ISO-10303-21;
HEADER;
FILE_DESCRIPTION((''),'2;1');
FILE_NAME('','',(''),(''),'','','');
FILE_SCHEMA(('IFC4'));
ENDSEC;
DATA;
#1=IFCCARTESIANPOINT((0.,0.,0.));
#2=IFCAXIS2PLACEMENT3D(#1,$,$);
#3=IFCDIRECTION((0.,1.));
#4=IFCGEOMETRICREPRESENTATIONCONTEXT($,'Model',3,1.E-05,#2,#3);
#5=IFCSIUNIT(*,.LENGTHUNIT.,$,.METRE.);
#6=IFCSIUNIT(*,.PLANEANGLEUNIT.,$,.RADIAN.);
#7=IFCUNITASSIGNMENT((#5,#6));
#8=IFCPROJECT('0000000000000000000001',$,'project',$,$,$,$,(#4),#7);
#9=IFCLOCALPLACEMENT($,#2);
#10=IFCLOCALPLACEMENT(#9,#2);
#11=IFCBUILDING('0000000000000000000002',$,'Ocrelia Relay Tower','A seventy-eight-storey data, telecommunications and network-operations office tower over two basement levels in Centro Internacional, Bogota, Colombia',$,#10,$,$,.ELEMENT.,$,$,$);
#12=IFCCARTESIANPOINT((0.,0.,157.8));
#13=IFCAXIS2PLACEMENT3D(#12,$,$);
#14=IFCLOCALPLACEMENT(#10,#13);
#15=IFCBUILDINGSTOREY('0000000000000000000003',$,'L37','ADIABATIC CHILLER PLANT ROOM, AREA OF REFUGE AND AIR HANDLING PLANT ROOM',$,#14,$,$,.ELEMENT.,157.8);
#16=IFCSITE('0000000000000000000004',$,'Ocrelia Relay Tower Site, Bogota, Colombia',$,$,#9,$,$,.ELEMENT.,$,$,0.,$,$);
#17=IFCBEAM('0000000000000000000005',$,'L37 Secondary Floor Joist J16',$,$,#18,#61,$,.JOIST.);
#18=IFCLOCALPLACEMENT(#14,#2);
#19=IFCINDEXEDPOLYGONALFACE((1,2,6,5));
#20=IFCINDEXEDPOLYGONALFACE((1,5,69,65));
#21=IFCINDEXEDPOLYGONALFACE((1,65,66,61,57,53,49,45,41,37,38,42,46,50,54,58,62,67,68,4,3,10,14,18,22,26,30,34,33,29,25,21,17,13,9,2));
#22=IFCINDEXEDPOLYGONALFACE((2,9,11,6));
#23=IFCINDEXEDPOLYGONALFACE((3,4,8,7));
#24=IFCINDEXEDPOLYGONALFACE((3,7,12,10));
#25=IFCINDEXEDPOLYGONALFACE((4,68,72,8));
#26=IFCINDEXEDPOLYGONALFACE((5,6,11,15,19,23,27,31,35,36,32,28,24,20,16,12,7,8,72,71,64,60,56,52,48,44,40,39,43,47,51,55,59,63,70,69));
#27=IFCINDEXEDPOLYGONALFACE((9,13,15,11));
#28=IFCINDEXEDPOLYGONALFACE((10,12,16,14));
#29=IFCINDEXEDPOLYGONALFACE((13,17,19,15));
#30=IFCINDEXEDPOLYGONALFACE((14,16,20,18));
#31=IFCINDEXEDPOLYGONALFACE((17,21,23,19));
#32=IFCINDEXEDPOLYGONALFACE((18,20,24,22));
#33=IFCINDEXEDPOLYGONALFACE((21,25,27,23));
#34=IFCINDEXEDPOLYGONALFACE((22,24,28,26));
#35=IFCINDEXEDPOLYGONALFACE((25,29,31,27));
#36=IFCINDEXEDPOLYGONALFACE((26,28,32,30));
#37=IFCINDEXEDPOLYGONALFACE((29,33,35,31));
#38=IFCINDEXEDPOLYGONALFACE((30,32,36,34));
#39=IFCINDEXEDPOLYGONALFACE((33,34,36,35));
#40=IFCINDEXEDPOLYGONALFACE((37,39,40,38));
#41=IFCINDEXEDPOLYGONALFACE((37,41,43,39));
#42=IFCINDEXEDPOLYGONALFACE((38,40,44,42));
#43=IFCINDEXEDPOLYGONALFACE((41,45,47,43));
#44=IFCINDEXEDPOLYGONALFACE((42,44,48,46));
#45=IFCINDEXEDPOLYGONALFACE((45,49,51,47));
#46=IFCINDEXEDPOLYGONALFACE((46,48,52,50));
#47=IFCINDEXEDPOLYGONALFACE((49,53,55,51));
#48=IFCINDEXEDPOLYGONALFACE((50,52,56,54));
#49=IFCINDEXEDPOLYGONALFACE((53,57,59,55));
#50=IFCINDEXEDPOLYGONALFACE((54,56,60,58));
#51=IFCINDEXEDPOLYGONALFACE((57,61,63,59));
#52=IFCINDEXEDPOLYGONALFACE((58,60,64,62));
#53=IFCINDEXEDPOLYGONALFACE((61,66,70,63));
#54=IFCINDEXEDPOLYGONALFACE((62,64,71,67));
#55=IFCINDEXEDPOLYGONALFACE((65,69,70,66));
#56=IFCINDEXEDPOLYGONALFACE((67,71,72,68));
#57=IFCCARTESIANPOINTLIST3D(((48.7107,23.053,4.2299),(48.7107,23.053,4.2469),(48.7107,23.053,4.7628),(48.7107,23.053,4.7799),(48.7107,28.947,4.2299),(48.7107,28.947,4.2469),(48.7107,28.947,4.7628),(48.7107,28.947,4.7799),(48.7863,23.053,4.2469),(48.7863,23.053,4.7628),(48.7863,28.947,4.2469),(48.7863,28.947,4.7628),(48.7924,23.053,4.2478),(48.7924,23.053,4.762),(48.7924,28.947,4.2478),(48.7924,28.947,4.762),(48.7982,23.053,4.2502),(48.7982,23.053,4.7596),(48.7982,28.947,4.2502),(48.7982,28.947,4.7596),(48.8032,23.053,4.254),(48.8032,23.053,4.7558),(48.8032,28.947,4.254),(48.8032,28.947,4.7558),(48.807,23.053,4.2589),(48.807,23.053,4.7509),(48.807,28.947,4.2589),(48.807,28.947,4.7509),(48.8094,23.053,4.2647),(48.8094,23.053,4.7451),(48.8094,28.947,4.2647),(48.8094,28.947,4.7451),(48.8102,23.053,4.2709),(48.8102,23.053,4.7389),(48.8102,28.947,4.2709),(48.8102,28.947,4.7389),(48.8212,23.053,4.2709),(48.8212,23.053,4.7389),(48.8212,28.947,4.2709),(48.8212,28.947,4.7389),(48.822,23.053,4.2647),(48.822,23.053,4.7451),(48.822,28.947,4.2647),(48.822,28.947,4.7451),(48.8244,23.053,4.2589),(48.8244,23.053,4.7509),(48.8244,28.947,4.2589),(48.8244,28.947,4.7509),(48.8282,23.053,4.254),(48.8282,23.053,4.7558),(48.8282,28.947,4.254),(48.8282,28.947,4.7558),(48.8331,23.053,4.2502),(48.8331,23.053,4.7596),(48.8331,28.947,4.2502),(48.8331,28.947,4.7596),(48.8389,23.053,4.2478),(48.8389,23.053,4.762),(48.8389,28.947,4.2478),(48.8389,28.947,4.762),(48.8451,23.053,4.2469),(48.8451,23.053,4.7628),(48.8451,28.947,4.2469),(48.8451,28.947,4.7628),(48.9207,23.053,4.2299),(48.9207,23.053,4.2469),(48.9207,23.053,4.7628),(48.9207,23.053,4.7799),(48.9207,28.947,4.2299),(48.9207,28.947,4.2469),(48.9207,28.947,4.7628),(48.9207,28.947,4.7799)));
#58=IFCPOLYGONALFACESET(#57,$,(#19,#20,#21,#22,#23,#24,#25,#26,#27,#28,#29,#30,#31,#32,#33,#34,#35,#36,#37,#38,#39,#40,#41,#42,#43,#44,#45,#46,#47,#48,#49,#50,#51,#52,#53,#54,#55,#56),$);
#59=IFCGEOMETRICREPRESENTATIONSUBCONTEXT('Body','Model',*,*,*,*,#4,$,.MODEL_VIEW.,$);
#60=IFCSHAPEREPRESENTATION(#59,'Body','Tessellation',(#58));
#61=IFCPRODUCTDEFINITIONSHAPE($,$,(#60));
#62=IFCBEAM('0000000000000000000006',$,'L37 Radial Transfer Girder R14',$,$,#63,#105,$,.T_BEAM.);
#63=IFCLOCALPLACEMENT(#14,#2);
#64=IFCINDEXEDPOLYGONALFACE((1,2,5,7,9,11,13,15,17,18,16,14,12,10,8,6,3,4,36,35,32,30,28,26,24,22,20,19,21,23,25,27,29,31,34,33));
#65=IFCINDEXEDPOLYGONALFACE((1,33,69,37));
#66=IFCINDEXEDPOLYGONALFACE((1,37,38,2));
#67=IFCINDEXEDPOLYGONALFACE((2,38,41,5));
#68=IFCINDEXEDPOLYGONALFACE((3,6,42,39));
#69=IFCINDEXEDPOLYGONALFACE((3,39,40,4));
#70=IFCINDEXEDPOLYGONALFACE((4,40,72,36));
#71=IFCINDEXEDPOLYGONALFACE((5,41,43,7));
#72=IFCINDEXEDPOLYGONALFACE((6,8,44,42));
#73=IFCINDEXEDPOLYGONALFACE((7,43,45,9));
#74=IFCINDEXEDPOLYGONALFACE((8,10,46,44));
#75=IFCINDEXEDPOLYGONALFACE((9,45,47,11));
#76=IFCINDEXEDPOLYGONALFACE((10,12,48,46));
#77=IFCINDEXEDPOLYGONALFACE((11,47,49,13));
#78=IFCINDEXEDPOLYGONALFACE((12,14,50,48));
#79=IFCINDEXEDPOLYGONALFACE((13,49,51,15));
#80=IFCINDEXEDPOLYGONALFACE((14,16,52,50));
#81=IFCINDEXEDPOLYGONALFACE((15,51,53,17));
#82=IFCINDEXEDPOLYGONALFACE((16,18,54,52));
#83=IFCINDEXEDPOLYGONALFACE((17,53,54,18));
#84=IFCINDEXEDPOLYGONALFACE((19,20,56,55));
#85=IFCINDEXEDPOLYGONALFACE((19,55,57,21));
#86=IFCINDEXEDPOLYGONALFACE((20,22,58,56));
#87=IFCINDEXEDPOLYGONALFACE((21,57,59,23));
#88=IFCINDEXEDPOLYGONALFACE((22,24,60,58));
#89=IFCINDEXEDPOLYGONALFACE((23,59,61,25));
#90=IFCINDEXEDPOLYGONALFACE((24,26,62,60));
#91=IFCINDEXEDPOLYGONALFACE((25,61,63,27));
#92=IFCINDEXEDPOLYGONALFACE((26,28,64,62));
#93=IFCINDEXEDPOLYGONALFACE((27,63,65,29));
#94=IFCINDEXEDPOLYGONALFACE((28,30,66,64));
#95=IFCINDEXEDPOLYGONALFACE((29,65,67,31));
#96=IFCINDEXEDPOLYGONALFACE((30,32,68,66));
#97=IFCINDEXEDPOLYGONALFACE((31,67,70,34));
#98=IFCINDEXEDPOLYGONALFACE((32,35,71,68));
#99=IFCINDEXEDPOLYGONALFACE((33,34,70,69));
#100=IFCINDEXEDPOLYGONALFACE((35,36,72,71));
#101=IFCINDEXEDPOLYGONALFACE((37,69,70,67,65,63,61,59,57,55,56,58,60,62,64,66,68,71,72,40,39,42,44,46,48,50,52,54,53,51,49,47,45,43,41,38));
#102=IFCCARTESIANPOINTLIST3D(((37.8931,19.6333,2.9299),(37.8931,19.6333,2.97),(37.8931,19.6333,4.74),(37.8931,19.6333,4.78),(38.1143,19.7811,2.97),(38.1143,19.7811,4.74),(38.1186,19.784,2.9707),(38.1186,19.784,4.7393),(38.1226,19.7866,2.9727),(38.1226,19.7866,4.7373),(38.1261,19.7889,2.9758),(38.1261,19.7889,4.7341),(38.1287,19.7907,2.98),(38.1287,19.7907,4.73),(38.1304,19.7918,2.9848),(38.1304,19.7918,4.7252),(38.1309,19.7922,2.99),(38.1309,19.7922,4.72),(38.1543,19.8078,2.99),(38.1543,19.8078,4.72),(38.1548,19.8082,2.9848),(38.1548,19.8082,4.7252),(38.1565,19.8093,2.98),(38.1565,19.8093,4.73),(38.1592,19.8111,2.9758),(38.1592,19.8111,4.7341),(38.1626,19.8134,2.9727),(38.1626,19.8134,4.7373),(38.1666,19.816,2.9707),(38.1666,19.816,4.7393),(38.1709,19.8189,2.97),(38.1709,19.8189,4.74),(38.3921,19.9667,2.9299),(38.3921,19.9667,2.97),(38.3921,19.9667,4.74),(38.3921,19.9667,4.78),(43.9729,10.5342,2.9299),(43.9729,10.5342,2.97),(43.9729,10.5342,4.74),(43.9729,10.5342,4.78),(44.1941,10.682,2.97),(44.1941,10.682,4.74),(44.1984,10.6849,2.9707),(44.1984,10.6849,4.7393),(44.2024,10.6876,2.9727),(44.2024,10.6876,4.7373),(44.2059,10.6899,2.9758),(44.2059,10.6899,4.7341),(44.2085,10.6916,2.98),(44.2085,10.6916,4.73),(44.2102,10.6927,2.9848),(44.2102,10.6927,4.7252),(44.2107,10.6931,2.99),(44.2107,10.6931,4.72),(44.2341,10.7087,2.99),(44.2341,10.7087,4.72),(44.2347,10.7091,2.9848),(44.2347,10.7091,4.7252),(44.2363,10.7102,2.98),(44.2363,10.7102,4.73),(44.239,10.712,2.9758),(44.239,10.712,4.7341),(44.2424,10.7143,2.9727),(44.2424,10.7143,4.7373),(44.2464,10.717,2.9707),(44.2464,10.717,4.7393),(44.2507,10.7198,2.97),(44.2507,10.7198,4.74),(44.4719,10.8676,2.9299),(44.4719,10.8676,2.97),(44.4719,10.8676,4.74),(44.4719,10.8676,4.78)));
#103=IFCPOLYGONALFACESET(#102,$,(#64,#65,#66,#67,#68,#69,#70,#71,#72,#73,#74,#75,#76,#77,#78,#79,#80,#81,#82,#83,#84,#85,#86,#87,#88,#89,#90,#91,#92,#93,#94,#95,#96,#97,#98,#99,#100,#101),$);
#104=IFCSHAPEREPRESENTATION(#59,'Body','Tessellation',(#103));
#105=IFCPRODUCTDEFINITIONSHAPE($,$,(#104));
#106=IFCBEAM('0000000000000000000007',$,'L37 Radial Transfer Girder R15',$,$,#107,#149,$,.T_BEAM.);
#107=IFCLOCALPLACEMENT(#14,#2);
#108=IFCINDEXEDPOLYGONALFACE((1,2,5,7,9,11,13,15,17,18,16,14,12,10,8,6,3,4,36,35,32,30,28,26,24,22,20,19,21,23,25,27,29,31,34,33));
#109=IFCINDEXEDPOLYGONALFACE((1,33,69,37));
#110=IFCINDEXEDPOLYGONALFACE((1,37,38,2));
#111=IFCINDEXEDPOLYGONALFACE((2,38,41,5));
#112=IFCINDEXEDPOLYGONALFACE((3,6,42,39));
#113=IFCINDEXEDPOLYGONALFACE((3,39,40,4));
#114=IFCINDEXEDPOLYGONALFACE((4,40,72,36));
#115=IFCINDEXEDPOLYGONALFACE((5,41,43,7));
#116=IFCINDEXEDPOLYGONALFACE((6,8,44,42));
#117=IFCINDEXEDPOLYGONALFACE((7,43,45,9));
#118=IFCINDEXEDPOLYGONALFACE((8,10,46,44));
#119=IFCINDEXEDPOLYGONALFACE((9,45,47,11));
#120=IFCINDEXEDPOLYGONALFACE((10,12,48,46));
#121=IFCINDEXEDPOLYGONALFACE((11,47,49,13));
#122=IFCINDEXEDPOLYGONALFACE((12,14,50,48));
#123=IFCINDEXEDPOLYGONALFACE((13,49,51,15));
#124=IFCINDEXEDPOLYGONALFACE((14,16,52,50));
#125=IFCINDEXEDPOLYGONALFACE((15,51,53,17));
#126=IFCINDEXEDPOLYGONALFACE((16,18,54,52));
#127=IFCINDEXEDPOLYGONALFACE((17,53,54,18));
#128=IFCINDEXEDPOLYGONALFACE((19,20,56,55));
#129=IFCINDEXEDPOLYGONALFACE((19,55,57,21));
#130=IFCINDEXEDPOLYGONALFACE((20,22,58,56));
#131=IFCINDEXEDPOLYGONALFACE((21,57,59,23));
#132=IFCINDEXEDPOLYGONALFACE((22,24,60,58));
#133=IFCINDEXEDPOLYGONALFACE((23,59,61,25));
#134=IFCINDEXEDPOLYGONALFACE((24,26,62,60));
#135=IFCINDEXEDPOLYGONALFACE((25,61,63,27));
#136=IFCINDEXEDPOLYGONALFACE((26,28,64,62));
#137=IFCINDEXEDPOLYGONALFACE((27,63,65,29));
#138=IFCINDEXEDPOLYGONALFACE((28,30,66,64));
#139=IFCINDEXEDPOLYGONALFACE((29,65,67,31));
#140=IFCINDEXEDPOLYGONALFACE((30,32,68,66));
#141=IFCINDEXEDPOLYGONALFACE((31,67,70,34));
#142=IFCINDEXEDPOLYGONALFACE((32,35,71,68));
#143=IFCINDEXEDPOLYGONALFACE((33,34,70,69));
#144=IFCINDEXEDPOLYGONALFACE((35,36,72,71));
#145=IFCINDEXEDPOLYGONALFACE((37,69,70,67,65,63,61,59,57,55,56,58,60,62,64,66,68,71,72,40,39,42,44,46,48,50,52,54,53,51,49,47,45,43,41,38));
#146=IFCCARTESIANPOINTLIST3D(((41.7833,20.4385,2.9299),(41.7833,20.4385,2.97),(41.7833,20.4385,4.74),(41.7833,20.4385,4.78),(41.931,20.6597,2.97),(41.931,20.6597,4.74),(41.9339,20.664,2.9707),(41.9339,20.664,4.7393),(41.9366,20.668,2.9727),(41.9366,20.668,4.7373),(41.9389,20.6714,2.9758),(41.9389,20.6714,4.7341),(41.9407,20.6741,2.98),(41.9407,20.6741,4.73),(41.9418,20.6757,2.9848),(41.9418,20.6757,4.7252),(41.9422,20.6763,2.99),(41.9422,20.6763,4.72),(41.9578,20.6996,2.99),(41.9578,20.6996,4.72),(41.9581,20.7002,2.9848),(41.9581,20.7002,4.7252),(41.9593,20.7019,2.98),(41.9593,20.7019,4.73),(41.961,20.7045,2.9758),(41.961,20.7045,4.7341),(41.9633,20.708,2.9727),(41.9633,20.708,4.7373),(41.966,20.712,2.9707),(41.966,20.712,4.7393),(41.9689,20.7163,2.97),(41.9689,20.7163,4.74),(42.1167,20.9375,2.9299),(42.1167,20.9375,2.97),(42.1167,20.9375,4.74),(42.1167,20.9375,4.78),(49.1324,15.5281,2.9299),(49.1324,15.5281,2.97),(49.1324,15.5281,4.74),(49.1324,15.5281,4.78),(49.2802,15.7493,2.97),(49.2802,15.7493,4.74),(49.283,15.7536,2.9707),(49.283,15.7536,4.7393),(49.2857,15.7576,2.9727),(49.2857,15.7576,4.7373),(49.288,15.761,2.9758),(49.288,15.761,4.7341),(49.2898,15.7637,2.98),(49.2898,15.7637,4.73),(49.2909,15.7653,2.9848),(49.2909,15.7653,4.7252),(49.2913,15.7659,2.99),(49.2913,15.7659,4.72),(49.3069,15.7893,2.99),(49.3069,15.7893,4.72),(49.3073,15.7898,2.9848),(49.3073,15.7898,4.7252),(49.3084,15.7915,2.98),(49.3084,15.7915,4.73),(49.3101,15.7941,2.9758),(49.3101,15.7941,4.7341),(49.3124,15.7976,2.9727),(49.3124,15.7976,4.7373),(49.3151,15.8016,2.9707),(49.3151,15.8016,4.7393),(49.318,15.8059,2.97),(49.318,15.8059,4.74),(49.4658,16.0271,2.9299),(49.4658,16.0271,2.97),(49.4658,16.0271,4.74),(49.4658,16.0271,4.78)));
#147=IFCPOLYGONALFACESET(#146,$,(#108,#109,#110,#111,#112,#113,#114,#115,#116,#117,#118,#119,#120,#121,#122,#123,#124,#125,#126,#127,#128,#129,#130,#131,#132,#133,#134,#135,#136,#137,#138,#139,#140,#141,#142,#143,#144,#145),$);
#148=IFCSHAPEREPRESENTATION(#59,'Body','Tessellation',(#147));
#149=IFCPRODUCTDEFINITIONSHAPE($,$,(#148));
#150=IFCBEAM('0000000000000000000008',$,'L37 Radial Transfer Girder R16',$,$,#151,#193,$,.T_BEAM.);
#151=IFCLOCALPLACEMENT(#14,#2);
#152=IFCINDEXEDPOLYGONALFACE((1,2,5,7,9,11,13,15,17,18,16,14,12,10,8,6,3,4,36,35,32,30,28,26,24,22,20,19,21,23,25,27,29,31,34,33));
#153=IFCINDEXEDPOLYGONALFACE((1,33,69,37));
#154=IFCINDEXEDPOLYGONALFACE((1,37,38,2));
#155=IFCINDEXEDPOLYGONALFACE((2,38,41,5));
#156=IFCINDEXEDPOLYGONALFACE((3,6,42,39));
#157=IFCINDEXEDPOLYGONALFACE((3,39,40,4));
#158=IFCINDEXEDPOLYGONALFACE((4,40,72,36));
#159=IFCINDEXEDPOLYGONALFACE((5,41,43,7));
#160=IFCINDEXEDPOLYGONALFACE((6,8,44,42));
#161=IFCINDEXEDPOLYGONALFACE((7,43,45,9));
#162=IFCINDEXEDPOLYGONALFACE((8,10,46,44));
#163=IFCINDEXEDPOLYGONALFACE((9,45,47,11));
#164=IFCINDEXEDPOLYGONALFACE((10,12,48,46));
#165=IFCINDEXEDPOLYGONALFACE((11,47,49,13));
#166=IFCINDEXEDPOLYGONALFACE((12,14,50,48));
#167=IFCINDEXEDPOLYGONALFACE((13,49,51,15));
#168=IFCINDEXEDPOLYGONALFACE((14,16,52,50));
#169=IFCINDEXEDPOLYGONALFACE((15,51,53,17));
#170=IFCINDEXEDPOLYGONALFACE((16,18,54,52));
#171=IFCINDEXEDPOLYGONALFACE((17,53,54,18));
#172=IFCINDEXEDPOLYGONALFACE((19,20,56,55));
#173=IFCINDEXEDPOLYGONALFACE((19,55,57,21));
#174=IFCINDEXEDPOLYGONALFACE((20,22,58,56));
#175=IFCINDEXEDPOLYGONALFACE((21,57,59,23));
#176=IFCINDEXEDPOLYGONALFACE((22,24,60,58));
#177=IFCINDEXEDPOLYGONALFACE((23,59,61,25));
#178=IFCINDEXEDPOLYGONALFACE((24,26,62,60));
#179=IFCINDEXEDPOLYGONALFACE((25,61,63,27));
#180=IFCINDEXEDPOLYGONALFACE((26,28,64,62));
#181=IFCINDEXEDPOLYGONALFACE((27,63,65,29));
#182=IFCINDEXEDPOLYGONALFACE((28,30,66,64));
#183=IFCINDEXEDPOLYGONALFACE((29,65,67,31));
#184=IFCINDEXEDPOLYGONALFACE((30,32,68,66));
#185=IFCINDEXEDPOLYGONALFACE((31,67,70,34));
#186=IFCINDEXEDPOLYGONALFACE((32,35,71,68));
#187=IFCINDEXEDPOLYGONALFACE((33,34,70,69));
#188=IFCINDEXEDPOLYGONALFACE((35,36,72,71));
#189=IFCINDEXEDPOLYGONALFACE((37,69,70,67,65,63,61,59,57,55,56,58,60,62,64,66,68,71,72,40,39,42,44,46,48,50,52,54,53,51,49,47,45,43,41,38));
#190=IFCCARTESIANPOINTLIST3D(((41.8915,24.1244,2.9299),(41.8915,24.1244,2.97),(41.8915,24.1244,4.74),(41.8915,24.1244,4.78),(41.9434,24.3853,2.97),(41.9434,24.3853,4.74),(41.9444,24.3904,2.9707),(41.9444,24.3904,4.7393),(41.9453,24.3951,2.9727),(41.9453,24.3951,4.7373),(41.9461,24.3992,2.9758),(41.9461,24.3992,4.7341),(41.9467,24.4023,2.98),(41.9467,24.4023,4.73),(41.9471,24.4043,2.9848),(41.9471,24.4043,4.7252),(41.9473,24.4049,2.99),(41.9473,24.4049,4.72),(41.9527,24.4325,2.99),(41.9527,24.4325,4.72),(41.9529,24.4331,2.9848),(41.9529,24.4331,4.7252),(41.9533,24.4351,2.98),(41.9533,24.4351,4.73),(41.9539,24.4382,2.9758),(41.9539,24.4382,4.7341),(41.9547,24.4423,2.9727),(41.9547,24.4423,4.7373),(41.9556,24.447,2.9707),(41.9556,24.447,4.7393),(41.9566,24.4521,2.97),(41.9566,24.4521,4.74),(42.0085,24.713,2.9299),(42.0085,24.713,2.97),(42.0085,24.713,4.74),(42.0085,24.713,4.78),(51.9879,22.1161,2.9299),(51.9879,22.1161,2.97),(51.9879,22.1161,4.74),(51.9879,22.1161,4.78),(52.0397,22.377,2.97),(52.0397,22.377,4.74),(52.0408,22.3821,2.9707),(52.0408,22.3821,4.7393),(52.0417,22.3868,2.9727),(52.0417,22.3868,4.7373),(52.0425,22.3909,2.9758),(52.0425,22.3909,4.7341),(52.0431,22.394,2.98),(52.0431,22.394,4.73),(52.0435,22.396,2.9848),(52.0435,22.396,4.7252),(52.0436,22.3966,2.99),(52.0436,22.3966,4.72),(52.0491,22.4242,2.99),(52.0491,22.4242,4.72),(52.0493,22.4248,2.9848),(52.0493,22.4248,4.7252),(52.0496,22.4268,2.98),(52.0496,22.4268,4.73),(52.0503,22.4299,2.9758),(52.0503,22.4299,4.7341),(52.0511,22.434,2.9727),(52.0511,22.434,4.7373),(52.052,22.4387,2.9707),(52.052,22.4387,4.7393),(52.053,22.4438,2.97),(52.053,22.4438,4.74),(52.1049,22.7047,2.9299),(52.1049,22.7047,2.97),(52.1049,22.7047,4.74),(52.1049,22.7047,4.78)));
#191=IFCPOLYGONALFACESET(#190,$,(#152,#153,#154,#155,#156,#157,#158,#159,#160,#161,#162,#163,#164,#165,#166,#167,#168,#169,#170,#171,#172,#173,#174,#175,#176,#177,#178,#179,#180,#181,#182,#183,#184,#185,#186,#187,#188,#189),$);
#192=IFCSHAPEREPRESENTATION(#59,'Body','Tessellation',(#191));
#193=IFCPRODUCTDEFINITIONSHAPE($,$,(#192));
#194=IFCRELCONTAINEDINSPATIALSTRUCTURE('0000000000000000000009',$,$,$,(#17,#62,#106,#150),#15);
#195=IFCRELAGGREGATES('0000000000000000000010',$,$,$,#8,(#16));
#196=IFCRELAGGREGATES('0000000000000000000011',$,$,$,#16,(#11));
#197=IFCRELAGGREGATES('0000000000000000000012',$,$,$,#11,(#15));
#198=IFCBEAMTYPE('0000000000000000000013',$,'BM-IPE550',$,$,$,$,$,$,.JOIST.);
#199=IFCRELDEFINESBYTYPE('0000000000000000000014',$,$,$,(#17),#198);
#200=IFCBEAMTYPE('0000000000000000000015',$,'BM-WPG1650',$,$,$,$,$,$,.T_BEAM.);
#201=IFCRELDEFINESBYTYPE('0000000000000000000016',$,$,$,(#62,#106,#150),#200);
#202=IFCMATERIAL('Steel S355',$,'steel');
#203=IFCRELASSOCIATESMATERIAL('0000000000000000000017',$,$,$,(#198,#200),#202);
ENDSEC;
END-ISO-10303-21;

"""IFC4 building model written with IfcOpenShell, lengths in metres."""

from ifc_helpers import new_model, si_unit, direction, frame, origin, origin_2d, place, context, subcontext, project, spatial, i_section, extrude, material, material_profile, profile_set, type_object, element, save


model = new_model("IFC4")

# Units and contexts
model_context = context("Model", 3, precision=1e-05, world=origin(), true_north=direction((0.0, 1.0)))
body_context = subcontext(model_context, "Body", "Model", "MODEL_VIEW")
ifc_project = project(units=[si_unit("LENGTHUNIT", "METRE"), si_unit("PLANEANGLEUNIT", "RADIAN")], contexts=[model_context])

# Site, building, storey
site_placement = place(None, origin())
site = spatial("IfcSite", under=ifc_project, at=site_placement, Name="Ocrelia Relay Tower Site, Bogota, Colombia", CompositionType="ELEMENT", RefElevation=0.0)
building_placement = place(site_placement, origin())
building = spatial("IfcBuilding", under=site, at=building_placement, Name="Ocrelia Relay Tower", Description="A seventy-eight-storey data, telecommunications and network-operations office tower over two basement levels in Centro Internacional, Bogota, Colombia", CompositionType="ELEMENT")
storey_placement = place(building_placement, frame((0.0, 0.0, 157.8)))
storey = spatial("IfcBuildingStorey", under=building, at=storey_placement, Name="L37", Description="ADIABATIC CHILLER PLANT ROOM, AREA OF REFUGE AND AIR HANDLING PLANT ROOM", CompositionType="ELEMENT", Elevation=157.8)

# Beams
ifc_material_1 = material(Name="Steel S355", Category="steel")
ifc_material_profile_1 = material_profile(ifc_material_1, i_section(OverallWidth=0.21, OverallDepth=0.55, WebThickness=0.011, FlangeThickness=0.0171, FilletRadius=0.0239, at=origin_2d()), Name="IPE 550")
ifc_profile_set_1 = profile_set([ifc_material_profile_1], Name="Steel S355")
beam_type_1 = type_object("IfcBeamType", Name="BM-IPE550", PredefinedType="JOIST", material=ifc_profile_set_1)
beam_1_placement = place(storey_placement, frame((48.8157, 23.053, 4.5049), z_axis=(0.0, 1.0, 0.0), x_axis=(-1.0, 0.0, 0.0)))
element("IfcBeam", 1, at=beam_1_placement, inside=storey, type_object=beam_type_1, Name="L37 Secondary Floor Joist J16", PredefinedType="JOIST", context=body_context, shape_type="SweptSolid", body=[
    extrude(i_section(OverallWidth=0.21, OverallDepth=0.55, WebThickness=0.011, FlangeThickness=0.0171, FilletRadius=0.0239, at=origin_2d()), origin(), (0.0, 0.0, 1.0), 5.894),
])
ifc_material_profile_2 = material_profile(ifc_material_1, i_section(OverallWidth=0.6001, OverallDepth=1.8501, WebThickness=0.0281, FlangeThickness=0.04, FilletRadius=0.02, at=origin_2d()), Name="WPG 1850x600")
ifc_profile_set_2 = profile_set([ifc_material_profile_2], Name="Steel S355")
beam_type_2 = type_object("IfcBeamType", Name="BM-WPG1650", PredefinedType="T_BEAM", material=ifc_profile_set_2)
beam_2_placement = place(storey_placement, frame((44.2224, 10.7009, 3.855), z_axis=(-0.55557, 0.83147, 0.0), x_axis=(-0.83147, -0.55557, 0.0)))
element("IfcBeam", 2, at=beam_2_placement, inside=storey, type_object=beam_type_2, Name="L37 Radial Transfer Girder R14", PredefinedType="T_BEAM", context=body_context, shape_type="SweptSolid", body=[
    extrude(i_section(OverallWidth=0.6001, OverallDepth=1.8501, WebThickness=0.0281, FlangeThickness=0.04, FilletRadius=0.02, at=origin_2d()), origin(), (0.0, 0.0, 1.0), 10.9434),
])
beam_3_placement = place(storey_placement, frame((49.2991, 15.7776, 3.855), z_axis=(-0.831476, 0.55556, 0.0), x_axis=(-0.55556, -0.831476, 0.0)))
element("IfcBeam", 3, at=beam_3_placement, inside=storey, type_object=beam_type_2, Name="L37 Radial Transfer Girder R15", PredefinedType="T_BEAM", context=body_context, shape_type="SweptSolid", body=[
    extrude(i_section(OverallWidth=0.6001, OverallDepth=1.8501, WebThickness=0.0281, FlangeThickness=0.04, FilletRadius=0.02, at=origin_2d()), origin(), (0.0, 0.0, 1.0), 8.8386),
])
beam_4_placement = place(storey_placement, frame((52.0464, 22.4104, 3.855), z_axis=(-0.980785, 0.19509, 0.0), x_axis=(-0.19509, -0.980785, 0.0)))
element("IfcBeam", 4, at=beam_4_placement, inside=storey, type_object=beam_type_2, Name="L37 Radial Transfer Girder R16", PredefinedType="T_BEAM", context=body_context, shape_type="SweptSolid", body=[
    extrude(i_section(OverallWidth=0.6001, OverallDepth=1.8501, WebThickness=0.0281, FlangeThickness=0.04, FilletRadius=0.02, at=origin_2d()), origin(), (0.0, 0.0, 1.0), 10.2942),
])

save(model, "model.ifc")
